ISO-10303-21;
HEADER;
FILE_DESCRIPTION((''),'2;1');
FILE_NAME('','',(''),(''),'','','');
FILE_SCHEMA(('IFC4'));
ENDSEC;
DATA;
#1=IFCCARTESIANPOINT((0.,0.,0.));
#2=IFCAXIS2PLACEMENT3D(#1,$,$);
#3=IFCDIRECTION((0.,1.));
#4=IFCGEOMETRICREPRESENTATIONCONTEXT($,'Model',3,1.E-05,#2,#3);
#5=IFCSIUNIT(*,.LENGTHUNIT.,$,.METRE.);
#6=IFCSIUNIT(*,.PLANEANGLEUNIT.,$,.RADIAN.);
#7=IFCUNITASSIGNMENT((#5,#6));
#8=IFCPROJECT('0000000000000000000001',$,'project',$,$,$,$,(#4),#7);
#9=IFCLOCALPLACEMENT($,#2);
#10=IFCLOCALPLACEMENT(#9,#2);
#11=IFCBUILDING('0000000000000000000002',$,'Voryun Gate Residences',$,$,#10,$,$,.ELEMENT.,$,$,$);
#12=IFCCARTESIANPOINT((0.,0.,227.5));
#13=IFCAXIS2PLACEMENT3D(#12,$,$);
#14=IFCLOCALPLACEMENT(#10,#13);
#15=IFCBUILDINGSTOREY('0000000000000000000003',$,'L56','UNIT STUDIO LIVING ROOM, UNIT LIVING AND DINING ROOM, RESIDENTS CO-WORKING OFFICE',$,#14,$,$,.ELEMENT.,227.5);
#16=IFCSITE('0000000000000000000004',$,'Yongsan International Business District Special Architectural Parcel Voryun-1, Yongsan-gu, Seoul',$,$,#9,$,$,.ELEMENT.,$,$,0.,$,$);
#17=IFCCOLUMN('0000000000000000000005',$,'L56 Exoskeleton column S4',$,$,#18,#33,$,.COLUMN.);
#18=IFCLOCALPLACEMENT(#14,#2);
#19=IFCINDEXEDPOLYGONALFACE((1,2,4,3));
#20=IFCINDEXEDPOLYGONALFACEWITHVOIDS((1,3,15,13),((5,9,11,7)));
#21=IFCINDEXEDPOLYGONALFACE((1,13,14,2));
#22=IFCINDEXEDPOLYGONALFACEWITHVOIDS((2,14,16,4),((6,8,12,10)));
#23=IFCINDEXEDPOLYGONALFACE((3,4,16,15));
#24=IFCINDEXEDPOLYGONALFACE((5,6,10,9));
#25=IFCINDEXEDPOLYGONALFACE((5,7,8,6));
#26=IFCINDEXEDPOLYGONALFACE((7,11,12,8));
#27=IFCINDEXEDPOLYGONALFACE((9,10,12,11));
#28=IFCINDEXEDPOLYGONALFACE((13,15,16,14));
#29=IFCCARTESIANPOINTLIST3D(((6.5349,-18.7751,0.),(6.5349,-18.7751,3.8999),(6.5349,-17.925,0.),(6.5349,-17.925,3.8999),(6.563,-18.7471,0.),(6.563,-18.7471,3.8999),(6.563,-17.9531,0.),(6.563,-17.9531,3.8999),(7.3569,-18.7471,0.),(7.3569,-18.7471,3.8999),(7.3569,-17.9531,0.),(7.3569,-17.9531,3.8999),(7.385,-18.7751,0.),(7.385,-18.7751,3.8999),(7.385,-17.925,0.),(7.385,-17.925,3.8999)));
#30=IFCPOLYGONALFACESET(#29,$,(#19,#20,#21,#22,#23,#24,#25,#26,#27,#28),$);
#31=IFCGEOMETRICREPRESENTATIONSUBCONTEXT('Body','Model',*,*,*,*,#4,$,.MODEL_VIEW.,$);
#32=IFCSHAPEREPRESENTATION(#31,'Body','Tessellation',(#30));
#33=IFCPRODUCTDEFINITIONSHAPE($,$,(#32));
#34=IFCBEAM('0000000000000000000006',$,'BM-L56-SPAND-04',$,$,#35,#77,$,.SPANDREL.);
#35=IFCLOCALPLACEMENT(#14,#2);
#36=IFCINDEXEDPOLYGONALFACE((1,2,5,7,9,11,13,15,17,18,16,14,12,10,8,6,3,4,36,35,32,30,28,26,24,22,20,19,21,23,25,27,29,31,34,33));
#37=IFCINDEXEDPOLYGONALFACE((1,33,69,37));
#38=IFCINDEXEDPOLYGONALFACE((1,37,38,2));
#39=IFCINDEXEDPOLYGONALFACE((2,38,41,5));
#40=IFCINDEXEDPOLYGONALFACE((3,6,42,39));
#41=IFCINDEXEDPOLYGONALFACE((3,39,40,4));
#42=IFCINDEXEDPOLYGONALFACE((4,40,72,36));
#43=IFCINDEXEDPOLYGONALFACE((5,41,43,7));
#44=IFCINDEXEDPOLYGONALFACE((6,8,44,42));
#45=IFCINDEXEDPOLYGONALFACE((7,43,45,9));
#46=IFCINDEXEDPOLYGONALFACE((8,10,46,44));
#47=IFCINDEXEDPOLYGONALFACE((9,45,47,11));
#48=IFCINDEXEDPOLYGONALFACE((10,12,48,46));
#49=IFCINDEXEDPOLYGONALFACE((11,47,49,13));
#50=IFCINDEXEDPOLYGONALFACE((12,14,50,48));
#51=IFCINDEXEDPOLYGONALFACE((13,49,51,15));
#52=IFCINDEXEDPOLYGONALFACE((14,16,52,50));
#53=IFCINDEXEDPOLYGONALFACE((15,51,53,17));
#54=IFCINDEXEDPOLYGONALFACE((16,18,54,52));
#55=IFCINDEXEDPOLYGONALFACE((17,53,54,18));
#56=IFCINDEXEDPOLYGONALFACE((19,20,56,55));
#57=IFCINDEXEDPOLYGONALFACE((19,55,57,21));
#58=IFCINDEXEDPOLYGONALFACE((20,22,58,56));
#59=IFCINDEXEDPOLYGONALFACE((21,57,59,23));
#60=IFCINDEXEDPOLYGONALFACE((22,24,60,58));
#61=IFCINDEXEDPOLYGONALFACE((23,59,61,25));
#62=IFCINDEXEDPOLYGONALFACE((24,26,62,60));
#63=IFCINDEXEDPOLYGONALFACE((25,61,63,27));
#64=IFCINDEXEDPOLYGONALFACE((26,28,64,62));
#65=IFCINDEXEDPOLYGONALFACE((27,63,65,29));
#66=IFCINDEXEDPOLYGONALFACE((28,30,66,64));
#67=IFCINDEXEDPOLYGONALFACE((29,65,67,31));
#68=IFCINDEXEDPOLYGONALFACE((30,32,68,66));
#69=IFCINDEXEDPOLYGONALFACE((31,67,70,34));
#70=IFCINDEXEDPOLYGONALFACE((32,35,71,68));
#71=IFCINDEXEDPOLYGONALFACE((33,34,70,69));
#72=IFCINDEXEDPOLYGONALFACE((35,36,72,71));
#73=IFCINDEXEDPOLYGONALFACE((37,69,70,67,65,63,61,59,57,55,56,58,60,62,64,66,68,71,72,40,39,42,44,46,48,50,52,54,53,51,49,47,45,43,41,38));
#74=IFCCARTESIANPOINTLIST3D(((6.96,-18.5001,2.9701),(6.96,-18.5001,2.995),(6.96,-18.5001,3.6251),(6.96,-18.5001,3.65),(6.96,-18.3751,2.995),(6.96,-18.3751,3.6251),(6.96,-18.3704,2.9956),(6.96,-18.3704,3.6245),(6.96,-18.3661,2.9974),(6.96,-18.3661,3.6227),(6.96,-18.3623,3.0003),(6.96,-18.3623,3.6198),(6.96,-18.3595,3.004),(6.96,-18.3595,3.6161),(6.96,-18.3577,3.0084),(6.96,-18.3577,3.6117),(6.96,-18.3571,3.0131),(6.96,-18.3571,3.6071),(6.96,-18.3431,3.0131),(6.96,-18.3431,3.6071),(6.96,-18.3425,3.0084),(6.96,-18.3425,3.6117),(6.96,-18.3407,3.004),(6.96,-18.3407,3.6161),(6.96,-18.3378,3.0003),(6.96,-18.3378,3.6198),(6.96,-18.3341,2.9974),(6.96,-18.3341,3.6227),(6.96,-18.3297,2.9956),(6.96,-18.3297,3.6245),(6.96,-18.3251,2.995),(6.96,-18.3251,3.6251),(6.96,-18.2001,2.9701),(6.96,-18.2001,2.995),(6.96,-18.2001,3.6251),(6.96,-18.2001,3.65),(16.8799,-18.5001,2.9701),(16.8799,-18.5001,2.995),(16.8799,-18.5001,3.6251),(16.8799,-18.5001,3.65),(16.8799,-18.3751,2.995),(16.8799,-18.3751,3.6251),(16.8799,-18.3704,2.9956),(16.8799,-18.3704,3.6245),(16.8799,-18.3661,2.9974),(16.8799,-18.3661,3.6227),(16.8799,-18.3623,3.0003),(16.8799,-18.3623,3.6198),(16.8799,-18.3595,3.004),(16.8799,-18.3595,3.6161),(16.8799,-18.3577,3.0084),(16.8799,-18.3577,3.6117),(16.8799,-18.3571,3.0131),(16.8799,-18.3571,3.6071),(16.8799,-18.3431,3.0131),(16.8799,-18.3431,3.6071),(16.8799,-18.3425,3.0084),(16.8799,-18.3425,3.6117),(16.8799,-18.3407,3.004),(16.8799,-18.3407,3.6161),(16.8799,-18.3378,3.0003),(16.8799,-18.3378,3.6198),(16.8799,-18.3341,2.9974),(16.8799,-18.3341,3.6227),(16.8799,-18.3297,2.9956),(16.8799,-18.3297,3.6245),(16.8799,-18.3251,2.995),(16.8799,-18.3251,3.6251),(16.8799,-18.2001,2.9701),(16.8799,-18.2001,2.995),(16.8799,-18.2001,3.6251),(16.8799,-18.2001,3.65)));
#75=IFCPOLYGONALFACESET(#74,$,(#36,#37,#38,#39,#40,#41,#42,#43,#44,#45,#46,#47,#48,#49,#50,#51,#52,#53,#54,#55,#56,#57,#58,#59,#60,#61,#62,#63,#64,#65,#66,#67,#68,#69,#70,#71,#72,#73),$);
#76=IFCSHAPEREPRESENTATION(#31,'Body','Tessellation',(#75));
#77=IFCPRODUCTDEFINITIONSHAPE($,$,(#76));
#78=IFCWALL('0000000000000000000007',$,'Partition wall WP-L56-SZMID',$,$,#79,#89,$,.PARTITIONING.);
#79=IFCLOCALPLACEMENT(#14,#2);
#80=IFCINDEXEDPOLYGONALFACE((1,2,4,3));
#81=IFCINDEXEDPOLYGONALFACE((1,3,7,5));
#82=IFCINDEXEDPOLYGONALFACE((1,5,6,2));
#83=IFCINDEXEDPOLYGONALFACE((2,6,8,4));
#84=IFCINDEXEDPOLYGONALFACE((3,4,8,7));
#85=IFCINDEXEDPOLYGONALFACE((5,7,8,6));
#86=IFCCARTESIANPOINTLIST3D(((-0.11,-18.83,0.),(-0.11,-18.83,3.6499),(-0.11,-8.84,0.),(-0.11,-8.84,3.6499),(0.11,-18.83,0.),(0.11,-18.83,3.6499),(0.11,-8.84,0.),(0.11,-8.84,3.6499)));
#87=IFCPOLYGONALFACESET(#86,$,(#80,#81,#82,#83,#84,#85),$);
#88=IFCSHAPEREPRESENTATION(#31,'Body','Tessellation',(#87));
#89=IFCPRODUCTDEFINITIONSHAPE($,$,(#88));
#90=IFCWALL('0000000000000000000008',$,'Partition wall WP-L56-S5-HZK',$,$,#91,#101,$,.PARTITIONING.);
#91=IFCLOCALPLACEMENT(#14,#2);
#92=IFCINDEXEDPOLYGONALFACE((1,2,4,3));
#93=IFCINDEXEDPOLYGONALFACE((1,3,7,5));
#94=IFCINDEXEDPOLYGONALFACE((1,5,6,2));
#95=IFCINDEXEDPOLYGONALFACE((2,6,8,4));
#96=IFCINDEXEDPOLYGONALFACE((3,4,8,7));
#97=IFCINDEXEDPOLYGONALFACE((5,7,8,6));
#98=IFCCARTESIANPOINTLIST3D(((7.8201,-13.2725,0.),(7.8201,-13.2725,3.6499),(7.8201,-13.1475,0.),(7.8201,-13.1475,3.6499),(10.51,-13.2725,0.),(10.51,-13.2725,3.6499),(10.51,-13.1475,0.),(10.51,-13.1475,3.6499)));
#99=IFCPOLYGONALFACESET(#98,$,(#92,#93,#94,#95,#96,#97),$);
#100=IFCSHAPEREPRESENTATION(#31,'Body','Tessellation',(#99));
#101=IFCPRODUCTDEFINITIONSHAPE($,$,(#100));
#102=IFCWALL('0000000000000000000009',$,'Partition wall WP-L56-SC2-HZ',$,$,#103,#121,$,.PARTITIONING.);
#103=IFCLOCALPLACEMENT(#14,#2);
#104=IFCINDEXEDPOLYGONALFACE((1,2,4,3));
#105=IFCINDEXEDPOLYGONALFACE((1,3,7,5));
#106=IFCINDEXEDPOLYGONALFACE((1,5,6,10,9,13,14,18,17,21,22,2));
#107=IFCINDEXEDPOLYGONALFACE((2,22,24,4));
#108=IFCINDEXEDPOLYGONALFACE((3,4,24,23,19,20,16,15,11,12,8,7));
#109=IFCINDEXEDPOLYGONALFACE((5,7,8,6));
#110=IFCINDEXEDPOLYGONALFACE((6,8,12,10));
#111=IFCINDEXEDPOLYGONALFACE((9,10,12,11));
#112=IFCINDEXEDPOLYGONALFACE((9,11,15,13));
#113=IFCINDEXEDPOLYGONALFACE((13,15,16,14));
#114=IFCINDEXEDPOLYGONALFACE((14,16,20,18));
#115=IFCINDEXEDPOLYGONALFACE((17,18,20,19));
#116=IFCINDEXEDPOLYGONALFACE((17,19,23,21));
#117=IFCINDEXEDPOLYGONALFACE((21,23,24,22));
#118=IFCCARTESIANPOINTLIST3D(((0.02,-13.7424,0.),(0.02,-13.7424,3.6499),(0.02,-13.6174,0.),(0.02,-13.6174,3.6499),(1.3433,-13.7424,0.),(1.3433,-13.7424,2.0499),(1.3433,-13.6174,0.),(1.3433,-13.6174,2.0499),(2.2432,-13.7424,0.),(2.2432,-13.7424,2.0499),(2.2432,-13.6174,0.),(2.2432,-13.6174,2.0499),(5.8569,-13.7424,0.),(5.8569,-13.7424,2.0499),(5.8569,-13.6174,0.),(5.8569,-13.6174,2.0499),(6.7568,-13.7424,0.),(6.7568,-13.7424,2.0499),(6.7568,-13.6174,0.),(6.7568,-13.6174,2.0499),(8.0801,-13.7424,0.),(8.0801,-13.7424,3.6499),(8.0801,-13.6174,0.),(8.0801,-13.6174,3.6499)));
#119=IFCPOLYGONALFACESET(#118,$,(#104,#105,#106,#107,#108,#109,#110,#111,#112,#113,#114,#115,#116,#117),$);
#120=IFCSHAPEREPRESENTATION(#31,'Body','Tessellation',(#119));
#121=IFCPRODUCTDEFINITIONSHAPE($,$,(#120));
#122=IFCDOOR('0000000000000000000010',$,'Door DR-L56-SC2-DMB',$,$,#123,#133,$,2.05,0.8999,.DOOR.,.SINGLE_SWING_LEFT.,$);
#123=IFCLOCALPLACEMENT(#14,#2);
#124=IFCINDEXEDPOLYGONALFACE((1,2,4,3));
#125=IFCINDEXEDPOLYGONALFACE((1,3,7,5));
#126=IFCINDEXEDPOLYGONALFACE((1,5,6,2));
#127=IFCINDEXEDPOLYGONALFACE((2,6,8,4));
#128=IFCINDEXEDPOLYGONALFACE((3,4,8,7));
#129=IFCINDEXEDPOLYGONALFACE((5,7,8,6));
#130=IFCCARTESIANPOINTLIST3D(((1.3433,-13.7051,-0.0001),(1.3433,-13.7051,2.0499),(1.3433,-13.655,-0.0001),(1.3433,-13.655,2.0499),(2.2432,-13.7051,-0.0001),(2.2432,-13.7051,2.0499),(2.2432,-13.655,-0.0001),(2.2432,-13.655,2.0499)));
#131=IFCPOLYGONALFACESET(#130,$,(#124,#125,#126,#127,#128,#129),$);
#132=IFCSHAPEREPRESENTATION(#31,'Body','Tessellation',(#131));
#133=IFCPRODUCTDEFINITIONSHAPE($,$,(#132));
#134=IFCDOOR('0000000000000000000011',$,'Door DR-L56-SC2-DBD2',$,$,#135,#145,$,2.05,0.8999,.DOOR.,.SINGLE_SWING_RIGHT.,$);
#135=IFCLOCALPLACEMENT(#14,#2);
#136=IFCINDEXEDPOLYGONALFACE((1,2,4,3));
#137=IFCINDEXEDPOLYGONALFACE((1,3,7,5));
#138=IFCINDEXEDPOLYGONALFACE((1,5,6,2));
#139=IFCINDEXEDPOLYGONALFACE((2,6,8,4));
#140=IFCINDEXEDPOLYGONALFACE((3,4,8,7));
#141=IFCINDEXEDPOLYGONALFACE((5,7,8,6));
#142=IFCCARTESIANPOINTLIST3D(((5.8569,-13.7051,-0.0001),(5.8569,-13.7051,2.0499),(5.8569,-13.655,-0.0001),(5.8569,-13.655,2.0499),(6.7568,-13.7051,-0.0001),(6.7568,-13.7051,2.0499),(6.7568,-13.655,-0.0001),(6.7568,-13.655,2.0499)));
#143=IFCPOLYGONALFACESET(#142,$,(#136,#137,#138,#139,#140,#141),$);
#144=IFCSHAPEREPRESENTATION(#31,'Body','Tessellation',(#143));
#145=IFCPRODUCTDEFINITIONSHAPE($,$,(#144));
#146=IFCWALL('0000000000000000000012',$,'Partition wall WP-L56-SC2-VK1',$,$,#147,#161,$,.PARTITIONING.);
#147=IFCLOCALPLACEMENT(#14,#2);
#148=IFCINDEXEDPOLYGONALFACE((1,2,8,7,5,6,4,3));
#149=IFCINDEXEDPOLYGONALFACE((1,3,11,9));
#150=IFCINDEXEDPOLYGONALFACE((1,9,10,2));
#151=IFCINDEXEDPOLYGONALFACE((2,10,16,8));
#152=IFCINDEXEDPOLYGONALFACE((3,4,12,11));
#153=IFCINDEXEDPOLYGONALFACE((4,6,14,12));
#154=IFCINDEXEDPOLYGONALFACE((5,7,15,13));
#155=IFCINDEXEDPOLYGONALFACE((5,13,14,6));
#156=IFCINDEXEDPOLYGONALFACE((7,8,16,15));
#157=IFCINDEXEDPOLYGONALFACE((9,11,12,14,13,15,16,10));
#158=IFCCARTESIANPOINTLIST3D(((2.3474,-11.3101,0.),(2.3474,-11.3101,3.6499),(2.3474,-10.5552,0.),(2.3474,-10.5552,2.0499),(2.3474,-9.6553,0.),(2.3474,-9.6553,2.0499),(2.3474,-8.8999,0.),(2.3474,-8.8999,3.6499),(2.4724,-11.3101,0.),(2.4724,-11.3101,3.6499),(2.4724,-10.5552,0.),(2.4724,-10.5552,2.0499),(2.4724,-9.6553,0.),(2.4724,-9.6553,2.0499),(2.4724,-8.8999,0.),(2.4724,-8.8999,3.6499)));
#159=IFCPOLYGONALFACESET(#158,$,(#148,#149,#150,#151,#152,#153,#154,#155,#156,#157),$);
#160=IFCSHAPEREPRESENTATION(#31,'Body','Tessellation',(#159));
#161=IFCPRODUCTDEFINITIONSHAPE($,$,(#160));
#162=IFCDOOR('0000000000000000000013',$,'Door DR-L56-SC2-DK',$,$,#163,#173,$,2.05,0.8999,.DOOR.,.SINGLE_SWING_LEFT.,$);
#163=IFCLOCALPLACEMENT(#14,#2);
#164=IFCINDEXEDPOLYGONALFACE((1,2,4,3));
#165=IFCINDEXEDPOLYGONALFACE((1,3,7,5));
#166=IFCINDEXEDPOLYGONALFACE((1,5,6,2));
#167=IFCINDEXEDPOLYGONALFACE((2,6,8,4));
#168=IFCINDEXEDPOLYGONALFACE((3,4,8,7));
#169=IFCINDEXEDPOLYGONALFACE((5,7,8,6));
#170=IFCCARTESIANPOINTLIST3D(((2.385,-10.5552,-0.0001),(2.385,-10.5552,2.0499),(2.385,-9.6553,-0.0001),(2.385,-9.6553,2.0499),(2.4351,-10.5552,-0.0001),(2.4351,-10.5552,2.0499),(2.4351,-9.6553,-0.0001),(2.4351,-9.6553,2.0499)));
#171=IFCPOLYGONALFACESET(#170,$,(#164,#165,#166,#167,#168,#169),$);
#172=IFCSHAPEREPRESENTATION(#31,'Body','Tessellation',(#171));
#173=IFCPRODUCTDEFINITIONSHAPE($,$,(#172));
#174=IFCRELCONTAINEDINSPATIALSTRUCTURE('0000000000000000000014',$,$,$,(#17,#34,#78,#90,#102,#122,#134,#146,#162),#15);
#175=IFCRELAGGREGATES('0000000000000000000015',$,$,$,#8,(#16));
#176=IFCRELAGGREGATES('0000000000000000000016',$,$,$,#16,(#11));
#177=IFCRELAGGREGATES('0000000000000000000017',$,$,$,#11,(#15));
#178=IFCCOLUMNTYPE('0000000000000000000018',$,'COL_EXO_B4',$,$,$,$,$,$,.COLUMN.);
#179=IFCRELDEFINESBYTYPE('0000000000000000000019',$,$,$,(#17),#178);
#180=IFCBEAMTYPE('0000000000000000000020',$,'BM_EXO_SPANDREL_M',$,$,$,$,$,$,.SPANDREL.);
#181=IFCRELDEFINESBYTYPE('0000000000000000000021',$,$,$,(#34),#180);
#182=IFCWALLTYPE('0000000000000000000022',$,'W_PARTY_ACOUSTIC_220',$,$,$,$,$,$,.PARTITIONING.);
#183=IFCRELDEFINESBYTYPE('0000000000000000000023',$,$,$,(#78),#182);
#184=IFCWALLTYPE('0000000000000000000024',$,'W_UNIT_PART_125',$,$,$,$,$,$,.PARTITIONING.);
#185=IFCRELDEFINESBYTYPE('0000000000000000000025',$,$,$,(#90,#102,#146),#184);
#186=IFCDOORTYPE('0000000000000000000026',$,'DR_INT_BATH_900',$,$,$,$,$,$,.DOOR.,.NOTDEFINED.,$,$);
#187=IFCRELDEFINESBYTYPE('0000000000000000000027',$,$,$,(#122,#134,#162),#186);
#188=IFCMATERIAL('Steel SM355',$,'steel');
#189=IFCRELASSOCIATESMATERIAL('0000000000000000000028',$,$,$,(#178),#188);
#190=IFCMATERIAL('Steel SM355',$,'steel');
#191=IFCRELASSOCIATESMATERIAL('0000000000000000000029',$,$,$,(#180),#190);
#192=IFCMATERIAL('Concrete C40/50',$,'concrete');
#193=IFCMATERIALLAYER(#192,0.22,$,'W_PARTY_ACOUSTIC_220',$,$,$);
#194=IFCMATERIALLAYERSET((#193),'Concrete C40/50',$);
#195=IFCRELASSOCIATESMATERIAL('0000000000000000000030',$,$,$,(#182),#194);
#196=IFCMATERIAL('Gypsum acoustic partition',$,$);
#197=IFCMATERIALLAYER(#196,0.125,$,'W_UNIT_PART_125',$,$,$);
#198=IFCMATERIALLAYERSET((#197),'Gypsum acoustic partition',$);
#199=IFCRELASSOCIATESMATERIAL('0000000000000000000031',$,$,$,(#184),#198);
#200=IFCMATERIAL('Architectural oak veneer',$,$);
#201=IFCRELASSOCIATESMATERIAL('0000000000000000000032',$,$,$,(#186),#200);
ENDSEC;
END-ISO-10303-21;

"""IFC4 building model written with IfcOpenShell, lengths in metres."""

from ifc_helpers import new_model, si_unit, direction, frame, frame_2d, origin, origin_2d, place, context, subcontext, project, spatial, rectangle, hollow_rectangle, i_section, extrude, material, layer, layer_set, material_profile, profile_set, type_object, element, fill, save


model = new_model("IFC4")

# Units and contexts
model_context = context("Model", 3, precision=1e-05, world=origin(), true_north=direction((0.0, 1.0)))
body_context = subcontext(model_context, "Body", "Model", "MODEL_VIEW")
ifc_project = project(units=[si_unit("LENGTHUNIT", "METRE"), si_unit("PLANEANGLEUNIT", "RADIAN")], contexts=[model_context])

# Site, building, storey
site_placement = place(None, origin())
site = spatial("IfcSite", under=ifc_project, at=site_placement, Name="Yongsan International Business District Special Architectural Parcel Voryun-1, Yongsan-gu, Seoul", CompositionType="ELEMENT", RefElevation=0.0)
building_placement = place(site_placement, origin())
building = spatial("IfcBuilding", under=site, at=building_placement, Name="Voryun Gate Residences", CompositionType="ELEMENT")
storey_placement = place(building_placement, frame((0.0, 0.0, 227.5)))
storey = spatial("IfcBuildingStorey", under=building, at=storey_placement, Name="L56", Description="UNIT STUDIO LIVING ROOM, UNIT LIVING AND DINING ROOM, RESIDENTS CO-WORKING OFFICE", CompositionType="ELEMENT", Elevation=227.5)

# Column
ifc_material_1 = material(Name="Steel SM355", Category="steel")
ifc_material_profile_1 = material_profile(ifc_material_1, hollow_rectangle(XDim=0.8501, YDim=0.8501, WallThickness=0.0281, at=origin_2d()), Name="BOX-850x850x28")
ifc_profile_set_1 = profile_set([ifc_material_profile_1], Name="Steel SM355")
column_type = type_object("IfcColumnType", Name="COL_EXO_B4", PredefinedType="COLUMN", material=ifc_profile_set_1)
column_placement = place(storey_placement, frame((6.96, -18.3501, 0.0), z_axis=(0.0, 0.0, 1.0), x_axis=(1.0, 0.0, 0.0)))
element("IfcColumn", 1, at=column_placement, inside=storey, type_object=column_type, Name="L56 Exoskeleton column S4", PredefinedType="COLUMN", context=body_context, shape_type="SweptSolid", body=[
    extrude(hollow_rectangle(XDim=0.8501, YDim=0.8501, WallThickness=0.0281, at=origin_2d()), origin(), (0.0, 0.0, 1.0), 3.8999),
])

# Beam
ifc_material_2 = material(Name="Steel SM355", Category="steel")
ifc_material_profile_2 = material_profile(ifc_material_2, i_section(OverallWidth=0.3, OverallDepth=0.6799, WebThickness=0.0139, FlangeThickness=0.0249, FilletRadius=0.0181, at=origin_2d()), Name="H-680x300x14x25")
ifc_profile_set_2 = profile_set([ifc_material_profile_2], Name="Steel SM355")
beam_type = type_object("IfcBeamType", Name="BM_EXO_SPANDREL_M", PredefinedType="SPANDREL", material=ifc_profile_set_2)
beam_placement = place(storey_placement, frame((6.96, -18.3501, 3.3101), z_axis=(1.0, 0.0, 0.0), x_axis=(0.0, 1.0, 0.0)))
element("IfcBeam", 2, at=beam_placement, inside=storey, type_object=beam_type, Name="BM-L56-SPAND-04", PredefinedType="SPANDREL", context=body_context, shape_type="SweptSolid", body=[
    extrude(i_section(OverallWidth=0.3, OverallDepth=0.6799, WebThickness=0.0139, FlangeThickness=0.0249, FilletRadius=0.0181, at=origin_2d()), origin(), (0.0, 0.0, 1.0), 9.9199),
])

# Walls
ifc_material_3 = material(Name="Concrete C40/50", Category="concrete")
ifc_layer_1 = layer(ifc_material_3, 0.22, Name="W_PARTY_ACOUSTIC_220")
ifc_layer_set_1 = layer_set([ifc_layer_1], Name="Concrete C40/50")
wall_type_1 = type_object("IfcWallType", Name="W_PARTY_ACOUSTIC_220", PredefinedType="PARTITIONING", material=ifc_layer_set_1)
wall_1_placement = place(storey_placement, frame((0.0, -18.8301, 0.0), z_axis=(0.0, 0.0, 1.0), x_axis=(0.0, 1.0, 0.0)))
element("IfcWall", 3, at=wall_1_placement, inside=storey, type_object=wall_type_1, Name="Partition wall WP-L56-SZMID", PredefinedType="PARTITIONING", context=body_context, shape_type="SweptSolid", body=[
    extrude(rectangle(XDim=9.99, YDim=0.22, at=frame_2d((4.9951, 0.0))), origin(), (0.0, 0.0, 1.0), 3.6499),
])
ifc_material_4 = material(Name="Gypsum acoustic partition")
ifc_layer_2 = layer(ifc_material_4, 0.125, Name="W_UNIT_PART_125")
ifc_layer_set_2 = layer_set([ifc_layer_2], Name="Gypsum acoustic partition")
wall_type_2 = type_object("IfcWallType", Name="W_UNIT_PART_125", PredefinedType="PARTITIONING", material=ifc_layer_set_2)
wall_2_placement = place(storey_placement, frame((7.8201, -13.21, 0.0), z_axis=(0.0, 0.0, 1.0), x_axis=(1.0, 0.0, 0.0)))
element("IfcWall", 4, at=wall_2_placement, inside=storey, type_object=wall_type_2, Name="Partition wall WP-L56-S5-HZK", PredefinedType="PARTITIONING", context=body_context, shape_type="SweptSolid", body=[
    extrude(rectangle(XDim=2.6899, YDim=0.125, at=frame_2d((1.345, 0.0))), origin(), (0.0, 0.0, 1.0), 3.6499),
])

# Wall, openings, doors
wall_3_placement = place(storey_placement, frame((0.02, -13.6799, 0.0), z_axis=(0.0, 0.0, 1.0), x_axis=(1.0, 0.0, 0.0)))
wall_3 = element("IfcWall", 5, at=wall_3_placement, inside=storey, type_object=wall_type_2, Name="Partition wall WP-L56-SC2-HZ", PredefinedType="PARTITIONING", context=body_context, shape_type="SweptSolid", body=[
    extrude(rectangle(XDim=8.0601, YDim=0.125, at=frame_2d((4.03, 0.0))), origin(), (0.0, 0.0, 1.0), 3.6499),
])
opening_1_placement = place(wall_3_placement, frame((1.3232, 0.0, 0.0)))
opening_1 = element("IfcOpeningElement", 6, at=opening_1_placement, cuts=wall_3, PredefinedType="OPENING", context=body_context, shape_type="SweptSolid", body=[
    extrude(rectangle(XDim=0.8999, YDim=2.05, at=frame_2d((0.45, 1.0249))), frame((0.0, 0.0725, 0.0), z_axis=(0.0, -1.0, 0.0), x_axis=(1.0, 0.0, 0.0)), (0.0, 0.0, 1.0), 0.145),
])
opening_2_placement = place(wall_3_placement, frame((5.8369, 0.0, 0.0)))
opening_2 = element("IfcOpeningElement", 7, at=opening_2_placement, cuts=wall_3, PredefinedType="OPENING", context=body_context, shape_type="SweptSolid", body=[
    extrude(rectangle(XDim=0.8999, YDim=2.05, at=frame_2d((0.45, 1.0249))), frame((0.0, 0.0725, 0.0), z_axis=(0.0, -1.0, 0.0), x_axis=(1.0, 0.0, 0.0)), (0.0, 0.0, 1.0), 0.145),
])
ifc_material_5 = material(Name="Architectural oak veneer")
door_type = type_object("IfcDoorType", Name="DR_INT_BATH_900", OperationType="NOTDEFINED", PredefinedType="DOOR", material=ifc_material_5)
door_1_placement = place(opening_1_placement, origin())
door_1 = element("IfcDoor", 8, at=door_1_placement, inside=storey, type_object=door_type, Name="Door DR-L56-SC2-DMB", OperationType="SINGLE_SWING_LEFT", OverallHeight=2.05, OverallWidth=0.8999, PredefinedType="DOOR", context=body_context, shape_type="SweptSolid", body=[
    extrude(rectangle(XDim=0.8999, YDim=2.05, at=frame_2d((0.45, 1.0249))), frame((0.0, 0.0249, 0.0), z_axis=(0.0, -1.0, 0.0), x_axis=(1.0, 0.0, 0.0)), (0.0, 0.0, 1.0), 0.05),
])
fill(opening_1, door_1)
door_2_placement = place(opening_2_placement, origin())
door_2 = element("IfcDoor", 9, at=door_2_placement, inside=storey, type_object=door_type, Name="Door DR-L56-SC2-DBD2", OperationType="SINGLE_SWING_RIGHT", OverallHeight=2.05, OverallWidth=0.8999, PredefinedType="DOOR", context=body_context, shape_type="SweptSolid", body=[
    extrude(rectangle(XDim=0.8999, YDim=2.05, at=frame_2d((0.45, 1.0249))), frame((0.0, 0.0249, 0.0), z_axis=(0.0, -1.0, 0.0), x_axis=(1.0, 0.0, 0.0)), (0.0, 0.0, 1.0), 0.05),
])
fill(opening_2, door_2)

# Wall, opening, door
wall_4_placement = place(storey_placement, frame((2.4099, -11.3101, 0.0), z_axis=(0.0, 0.0, 1.0), x_axis=(0.0, 1.0, 0.0)))
wall_4 = element("IfcWall", 10, at=wall_4_placement, inside=storey, type_object=wall_type_2, Name="Partition wall WP-L56-SC2-VK1", PredefinedType="PARTITIONING", context=body_context, shape_type="SweptSolid", body=[
    extrude(rectangle(XDim=2.4102, YDim=0.125, at=frame_2d((1.2051, 0.0))), origin(), (0.0, 0.0, 1.0), 3.6499),
])
opening_3_placement = place(wall_4_placement, frame((0.7549, 0.0, 0.0)))
opening_3 = element("IfcOpeningElement", 11, at=opening_3_placement, cuts=wall_4, PredefinedType="OPENING", context=body_context, shape_type="SweptSolid", body=[
    extrude(rectangle(XDim=0.8999, YDim=2.05, at=frame_2d((0.45, 1.0249))), frame((0.0, 0.0725, 0.0), z_axis=(0.0, -1.0, 0.0), x_axis=(1.0, 0.0, 0.0)), (0.0, 0.0, 1.0), 0.145),
])
door_3_placement = place(opening_3_placement, origin())
door_3 = element("IfcDoor", 12, at=door_3_placement, inside=storey, type_object=door_type, Name="Door DR-L56-SC2-DK", OperationType="SINGLE_SWING_LEFT", OverallHeight=2.05, OverallWidth=0.8999, PredefinedType="DOOR", context=body_context, shape_type="SweptSolid", body=[
    extrude(rectangle(XDim=0.8999, YDim=2.05, at=frame_2d((0.45, 1.0249))), frame((0.0, 0.0249, 0.0), z_axis=(0.0, -1.0, 0.0), x_axis=(1.0, 0.0, 0.0)), (0.0, 0.0, 1.0), 0.05),
])
fill(opening_3, door_3)

save(model, "model.ifc")
